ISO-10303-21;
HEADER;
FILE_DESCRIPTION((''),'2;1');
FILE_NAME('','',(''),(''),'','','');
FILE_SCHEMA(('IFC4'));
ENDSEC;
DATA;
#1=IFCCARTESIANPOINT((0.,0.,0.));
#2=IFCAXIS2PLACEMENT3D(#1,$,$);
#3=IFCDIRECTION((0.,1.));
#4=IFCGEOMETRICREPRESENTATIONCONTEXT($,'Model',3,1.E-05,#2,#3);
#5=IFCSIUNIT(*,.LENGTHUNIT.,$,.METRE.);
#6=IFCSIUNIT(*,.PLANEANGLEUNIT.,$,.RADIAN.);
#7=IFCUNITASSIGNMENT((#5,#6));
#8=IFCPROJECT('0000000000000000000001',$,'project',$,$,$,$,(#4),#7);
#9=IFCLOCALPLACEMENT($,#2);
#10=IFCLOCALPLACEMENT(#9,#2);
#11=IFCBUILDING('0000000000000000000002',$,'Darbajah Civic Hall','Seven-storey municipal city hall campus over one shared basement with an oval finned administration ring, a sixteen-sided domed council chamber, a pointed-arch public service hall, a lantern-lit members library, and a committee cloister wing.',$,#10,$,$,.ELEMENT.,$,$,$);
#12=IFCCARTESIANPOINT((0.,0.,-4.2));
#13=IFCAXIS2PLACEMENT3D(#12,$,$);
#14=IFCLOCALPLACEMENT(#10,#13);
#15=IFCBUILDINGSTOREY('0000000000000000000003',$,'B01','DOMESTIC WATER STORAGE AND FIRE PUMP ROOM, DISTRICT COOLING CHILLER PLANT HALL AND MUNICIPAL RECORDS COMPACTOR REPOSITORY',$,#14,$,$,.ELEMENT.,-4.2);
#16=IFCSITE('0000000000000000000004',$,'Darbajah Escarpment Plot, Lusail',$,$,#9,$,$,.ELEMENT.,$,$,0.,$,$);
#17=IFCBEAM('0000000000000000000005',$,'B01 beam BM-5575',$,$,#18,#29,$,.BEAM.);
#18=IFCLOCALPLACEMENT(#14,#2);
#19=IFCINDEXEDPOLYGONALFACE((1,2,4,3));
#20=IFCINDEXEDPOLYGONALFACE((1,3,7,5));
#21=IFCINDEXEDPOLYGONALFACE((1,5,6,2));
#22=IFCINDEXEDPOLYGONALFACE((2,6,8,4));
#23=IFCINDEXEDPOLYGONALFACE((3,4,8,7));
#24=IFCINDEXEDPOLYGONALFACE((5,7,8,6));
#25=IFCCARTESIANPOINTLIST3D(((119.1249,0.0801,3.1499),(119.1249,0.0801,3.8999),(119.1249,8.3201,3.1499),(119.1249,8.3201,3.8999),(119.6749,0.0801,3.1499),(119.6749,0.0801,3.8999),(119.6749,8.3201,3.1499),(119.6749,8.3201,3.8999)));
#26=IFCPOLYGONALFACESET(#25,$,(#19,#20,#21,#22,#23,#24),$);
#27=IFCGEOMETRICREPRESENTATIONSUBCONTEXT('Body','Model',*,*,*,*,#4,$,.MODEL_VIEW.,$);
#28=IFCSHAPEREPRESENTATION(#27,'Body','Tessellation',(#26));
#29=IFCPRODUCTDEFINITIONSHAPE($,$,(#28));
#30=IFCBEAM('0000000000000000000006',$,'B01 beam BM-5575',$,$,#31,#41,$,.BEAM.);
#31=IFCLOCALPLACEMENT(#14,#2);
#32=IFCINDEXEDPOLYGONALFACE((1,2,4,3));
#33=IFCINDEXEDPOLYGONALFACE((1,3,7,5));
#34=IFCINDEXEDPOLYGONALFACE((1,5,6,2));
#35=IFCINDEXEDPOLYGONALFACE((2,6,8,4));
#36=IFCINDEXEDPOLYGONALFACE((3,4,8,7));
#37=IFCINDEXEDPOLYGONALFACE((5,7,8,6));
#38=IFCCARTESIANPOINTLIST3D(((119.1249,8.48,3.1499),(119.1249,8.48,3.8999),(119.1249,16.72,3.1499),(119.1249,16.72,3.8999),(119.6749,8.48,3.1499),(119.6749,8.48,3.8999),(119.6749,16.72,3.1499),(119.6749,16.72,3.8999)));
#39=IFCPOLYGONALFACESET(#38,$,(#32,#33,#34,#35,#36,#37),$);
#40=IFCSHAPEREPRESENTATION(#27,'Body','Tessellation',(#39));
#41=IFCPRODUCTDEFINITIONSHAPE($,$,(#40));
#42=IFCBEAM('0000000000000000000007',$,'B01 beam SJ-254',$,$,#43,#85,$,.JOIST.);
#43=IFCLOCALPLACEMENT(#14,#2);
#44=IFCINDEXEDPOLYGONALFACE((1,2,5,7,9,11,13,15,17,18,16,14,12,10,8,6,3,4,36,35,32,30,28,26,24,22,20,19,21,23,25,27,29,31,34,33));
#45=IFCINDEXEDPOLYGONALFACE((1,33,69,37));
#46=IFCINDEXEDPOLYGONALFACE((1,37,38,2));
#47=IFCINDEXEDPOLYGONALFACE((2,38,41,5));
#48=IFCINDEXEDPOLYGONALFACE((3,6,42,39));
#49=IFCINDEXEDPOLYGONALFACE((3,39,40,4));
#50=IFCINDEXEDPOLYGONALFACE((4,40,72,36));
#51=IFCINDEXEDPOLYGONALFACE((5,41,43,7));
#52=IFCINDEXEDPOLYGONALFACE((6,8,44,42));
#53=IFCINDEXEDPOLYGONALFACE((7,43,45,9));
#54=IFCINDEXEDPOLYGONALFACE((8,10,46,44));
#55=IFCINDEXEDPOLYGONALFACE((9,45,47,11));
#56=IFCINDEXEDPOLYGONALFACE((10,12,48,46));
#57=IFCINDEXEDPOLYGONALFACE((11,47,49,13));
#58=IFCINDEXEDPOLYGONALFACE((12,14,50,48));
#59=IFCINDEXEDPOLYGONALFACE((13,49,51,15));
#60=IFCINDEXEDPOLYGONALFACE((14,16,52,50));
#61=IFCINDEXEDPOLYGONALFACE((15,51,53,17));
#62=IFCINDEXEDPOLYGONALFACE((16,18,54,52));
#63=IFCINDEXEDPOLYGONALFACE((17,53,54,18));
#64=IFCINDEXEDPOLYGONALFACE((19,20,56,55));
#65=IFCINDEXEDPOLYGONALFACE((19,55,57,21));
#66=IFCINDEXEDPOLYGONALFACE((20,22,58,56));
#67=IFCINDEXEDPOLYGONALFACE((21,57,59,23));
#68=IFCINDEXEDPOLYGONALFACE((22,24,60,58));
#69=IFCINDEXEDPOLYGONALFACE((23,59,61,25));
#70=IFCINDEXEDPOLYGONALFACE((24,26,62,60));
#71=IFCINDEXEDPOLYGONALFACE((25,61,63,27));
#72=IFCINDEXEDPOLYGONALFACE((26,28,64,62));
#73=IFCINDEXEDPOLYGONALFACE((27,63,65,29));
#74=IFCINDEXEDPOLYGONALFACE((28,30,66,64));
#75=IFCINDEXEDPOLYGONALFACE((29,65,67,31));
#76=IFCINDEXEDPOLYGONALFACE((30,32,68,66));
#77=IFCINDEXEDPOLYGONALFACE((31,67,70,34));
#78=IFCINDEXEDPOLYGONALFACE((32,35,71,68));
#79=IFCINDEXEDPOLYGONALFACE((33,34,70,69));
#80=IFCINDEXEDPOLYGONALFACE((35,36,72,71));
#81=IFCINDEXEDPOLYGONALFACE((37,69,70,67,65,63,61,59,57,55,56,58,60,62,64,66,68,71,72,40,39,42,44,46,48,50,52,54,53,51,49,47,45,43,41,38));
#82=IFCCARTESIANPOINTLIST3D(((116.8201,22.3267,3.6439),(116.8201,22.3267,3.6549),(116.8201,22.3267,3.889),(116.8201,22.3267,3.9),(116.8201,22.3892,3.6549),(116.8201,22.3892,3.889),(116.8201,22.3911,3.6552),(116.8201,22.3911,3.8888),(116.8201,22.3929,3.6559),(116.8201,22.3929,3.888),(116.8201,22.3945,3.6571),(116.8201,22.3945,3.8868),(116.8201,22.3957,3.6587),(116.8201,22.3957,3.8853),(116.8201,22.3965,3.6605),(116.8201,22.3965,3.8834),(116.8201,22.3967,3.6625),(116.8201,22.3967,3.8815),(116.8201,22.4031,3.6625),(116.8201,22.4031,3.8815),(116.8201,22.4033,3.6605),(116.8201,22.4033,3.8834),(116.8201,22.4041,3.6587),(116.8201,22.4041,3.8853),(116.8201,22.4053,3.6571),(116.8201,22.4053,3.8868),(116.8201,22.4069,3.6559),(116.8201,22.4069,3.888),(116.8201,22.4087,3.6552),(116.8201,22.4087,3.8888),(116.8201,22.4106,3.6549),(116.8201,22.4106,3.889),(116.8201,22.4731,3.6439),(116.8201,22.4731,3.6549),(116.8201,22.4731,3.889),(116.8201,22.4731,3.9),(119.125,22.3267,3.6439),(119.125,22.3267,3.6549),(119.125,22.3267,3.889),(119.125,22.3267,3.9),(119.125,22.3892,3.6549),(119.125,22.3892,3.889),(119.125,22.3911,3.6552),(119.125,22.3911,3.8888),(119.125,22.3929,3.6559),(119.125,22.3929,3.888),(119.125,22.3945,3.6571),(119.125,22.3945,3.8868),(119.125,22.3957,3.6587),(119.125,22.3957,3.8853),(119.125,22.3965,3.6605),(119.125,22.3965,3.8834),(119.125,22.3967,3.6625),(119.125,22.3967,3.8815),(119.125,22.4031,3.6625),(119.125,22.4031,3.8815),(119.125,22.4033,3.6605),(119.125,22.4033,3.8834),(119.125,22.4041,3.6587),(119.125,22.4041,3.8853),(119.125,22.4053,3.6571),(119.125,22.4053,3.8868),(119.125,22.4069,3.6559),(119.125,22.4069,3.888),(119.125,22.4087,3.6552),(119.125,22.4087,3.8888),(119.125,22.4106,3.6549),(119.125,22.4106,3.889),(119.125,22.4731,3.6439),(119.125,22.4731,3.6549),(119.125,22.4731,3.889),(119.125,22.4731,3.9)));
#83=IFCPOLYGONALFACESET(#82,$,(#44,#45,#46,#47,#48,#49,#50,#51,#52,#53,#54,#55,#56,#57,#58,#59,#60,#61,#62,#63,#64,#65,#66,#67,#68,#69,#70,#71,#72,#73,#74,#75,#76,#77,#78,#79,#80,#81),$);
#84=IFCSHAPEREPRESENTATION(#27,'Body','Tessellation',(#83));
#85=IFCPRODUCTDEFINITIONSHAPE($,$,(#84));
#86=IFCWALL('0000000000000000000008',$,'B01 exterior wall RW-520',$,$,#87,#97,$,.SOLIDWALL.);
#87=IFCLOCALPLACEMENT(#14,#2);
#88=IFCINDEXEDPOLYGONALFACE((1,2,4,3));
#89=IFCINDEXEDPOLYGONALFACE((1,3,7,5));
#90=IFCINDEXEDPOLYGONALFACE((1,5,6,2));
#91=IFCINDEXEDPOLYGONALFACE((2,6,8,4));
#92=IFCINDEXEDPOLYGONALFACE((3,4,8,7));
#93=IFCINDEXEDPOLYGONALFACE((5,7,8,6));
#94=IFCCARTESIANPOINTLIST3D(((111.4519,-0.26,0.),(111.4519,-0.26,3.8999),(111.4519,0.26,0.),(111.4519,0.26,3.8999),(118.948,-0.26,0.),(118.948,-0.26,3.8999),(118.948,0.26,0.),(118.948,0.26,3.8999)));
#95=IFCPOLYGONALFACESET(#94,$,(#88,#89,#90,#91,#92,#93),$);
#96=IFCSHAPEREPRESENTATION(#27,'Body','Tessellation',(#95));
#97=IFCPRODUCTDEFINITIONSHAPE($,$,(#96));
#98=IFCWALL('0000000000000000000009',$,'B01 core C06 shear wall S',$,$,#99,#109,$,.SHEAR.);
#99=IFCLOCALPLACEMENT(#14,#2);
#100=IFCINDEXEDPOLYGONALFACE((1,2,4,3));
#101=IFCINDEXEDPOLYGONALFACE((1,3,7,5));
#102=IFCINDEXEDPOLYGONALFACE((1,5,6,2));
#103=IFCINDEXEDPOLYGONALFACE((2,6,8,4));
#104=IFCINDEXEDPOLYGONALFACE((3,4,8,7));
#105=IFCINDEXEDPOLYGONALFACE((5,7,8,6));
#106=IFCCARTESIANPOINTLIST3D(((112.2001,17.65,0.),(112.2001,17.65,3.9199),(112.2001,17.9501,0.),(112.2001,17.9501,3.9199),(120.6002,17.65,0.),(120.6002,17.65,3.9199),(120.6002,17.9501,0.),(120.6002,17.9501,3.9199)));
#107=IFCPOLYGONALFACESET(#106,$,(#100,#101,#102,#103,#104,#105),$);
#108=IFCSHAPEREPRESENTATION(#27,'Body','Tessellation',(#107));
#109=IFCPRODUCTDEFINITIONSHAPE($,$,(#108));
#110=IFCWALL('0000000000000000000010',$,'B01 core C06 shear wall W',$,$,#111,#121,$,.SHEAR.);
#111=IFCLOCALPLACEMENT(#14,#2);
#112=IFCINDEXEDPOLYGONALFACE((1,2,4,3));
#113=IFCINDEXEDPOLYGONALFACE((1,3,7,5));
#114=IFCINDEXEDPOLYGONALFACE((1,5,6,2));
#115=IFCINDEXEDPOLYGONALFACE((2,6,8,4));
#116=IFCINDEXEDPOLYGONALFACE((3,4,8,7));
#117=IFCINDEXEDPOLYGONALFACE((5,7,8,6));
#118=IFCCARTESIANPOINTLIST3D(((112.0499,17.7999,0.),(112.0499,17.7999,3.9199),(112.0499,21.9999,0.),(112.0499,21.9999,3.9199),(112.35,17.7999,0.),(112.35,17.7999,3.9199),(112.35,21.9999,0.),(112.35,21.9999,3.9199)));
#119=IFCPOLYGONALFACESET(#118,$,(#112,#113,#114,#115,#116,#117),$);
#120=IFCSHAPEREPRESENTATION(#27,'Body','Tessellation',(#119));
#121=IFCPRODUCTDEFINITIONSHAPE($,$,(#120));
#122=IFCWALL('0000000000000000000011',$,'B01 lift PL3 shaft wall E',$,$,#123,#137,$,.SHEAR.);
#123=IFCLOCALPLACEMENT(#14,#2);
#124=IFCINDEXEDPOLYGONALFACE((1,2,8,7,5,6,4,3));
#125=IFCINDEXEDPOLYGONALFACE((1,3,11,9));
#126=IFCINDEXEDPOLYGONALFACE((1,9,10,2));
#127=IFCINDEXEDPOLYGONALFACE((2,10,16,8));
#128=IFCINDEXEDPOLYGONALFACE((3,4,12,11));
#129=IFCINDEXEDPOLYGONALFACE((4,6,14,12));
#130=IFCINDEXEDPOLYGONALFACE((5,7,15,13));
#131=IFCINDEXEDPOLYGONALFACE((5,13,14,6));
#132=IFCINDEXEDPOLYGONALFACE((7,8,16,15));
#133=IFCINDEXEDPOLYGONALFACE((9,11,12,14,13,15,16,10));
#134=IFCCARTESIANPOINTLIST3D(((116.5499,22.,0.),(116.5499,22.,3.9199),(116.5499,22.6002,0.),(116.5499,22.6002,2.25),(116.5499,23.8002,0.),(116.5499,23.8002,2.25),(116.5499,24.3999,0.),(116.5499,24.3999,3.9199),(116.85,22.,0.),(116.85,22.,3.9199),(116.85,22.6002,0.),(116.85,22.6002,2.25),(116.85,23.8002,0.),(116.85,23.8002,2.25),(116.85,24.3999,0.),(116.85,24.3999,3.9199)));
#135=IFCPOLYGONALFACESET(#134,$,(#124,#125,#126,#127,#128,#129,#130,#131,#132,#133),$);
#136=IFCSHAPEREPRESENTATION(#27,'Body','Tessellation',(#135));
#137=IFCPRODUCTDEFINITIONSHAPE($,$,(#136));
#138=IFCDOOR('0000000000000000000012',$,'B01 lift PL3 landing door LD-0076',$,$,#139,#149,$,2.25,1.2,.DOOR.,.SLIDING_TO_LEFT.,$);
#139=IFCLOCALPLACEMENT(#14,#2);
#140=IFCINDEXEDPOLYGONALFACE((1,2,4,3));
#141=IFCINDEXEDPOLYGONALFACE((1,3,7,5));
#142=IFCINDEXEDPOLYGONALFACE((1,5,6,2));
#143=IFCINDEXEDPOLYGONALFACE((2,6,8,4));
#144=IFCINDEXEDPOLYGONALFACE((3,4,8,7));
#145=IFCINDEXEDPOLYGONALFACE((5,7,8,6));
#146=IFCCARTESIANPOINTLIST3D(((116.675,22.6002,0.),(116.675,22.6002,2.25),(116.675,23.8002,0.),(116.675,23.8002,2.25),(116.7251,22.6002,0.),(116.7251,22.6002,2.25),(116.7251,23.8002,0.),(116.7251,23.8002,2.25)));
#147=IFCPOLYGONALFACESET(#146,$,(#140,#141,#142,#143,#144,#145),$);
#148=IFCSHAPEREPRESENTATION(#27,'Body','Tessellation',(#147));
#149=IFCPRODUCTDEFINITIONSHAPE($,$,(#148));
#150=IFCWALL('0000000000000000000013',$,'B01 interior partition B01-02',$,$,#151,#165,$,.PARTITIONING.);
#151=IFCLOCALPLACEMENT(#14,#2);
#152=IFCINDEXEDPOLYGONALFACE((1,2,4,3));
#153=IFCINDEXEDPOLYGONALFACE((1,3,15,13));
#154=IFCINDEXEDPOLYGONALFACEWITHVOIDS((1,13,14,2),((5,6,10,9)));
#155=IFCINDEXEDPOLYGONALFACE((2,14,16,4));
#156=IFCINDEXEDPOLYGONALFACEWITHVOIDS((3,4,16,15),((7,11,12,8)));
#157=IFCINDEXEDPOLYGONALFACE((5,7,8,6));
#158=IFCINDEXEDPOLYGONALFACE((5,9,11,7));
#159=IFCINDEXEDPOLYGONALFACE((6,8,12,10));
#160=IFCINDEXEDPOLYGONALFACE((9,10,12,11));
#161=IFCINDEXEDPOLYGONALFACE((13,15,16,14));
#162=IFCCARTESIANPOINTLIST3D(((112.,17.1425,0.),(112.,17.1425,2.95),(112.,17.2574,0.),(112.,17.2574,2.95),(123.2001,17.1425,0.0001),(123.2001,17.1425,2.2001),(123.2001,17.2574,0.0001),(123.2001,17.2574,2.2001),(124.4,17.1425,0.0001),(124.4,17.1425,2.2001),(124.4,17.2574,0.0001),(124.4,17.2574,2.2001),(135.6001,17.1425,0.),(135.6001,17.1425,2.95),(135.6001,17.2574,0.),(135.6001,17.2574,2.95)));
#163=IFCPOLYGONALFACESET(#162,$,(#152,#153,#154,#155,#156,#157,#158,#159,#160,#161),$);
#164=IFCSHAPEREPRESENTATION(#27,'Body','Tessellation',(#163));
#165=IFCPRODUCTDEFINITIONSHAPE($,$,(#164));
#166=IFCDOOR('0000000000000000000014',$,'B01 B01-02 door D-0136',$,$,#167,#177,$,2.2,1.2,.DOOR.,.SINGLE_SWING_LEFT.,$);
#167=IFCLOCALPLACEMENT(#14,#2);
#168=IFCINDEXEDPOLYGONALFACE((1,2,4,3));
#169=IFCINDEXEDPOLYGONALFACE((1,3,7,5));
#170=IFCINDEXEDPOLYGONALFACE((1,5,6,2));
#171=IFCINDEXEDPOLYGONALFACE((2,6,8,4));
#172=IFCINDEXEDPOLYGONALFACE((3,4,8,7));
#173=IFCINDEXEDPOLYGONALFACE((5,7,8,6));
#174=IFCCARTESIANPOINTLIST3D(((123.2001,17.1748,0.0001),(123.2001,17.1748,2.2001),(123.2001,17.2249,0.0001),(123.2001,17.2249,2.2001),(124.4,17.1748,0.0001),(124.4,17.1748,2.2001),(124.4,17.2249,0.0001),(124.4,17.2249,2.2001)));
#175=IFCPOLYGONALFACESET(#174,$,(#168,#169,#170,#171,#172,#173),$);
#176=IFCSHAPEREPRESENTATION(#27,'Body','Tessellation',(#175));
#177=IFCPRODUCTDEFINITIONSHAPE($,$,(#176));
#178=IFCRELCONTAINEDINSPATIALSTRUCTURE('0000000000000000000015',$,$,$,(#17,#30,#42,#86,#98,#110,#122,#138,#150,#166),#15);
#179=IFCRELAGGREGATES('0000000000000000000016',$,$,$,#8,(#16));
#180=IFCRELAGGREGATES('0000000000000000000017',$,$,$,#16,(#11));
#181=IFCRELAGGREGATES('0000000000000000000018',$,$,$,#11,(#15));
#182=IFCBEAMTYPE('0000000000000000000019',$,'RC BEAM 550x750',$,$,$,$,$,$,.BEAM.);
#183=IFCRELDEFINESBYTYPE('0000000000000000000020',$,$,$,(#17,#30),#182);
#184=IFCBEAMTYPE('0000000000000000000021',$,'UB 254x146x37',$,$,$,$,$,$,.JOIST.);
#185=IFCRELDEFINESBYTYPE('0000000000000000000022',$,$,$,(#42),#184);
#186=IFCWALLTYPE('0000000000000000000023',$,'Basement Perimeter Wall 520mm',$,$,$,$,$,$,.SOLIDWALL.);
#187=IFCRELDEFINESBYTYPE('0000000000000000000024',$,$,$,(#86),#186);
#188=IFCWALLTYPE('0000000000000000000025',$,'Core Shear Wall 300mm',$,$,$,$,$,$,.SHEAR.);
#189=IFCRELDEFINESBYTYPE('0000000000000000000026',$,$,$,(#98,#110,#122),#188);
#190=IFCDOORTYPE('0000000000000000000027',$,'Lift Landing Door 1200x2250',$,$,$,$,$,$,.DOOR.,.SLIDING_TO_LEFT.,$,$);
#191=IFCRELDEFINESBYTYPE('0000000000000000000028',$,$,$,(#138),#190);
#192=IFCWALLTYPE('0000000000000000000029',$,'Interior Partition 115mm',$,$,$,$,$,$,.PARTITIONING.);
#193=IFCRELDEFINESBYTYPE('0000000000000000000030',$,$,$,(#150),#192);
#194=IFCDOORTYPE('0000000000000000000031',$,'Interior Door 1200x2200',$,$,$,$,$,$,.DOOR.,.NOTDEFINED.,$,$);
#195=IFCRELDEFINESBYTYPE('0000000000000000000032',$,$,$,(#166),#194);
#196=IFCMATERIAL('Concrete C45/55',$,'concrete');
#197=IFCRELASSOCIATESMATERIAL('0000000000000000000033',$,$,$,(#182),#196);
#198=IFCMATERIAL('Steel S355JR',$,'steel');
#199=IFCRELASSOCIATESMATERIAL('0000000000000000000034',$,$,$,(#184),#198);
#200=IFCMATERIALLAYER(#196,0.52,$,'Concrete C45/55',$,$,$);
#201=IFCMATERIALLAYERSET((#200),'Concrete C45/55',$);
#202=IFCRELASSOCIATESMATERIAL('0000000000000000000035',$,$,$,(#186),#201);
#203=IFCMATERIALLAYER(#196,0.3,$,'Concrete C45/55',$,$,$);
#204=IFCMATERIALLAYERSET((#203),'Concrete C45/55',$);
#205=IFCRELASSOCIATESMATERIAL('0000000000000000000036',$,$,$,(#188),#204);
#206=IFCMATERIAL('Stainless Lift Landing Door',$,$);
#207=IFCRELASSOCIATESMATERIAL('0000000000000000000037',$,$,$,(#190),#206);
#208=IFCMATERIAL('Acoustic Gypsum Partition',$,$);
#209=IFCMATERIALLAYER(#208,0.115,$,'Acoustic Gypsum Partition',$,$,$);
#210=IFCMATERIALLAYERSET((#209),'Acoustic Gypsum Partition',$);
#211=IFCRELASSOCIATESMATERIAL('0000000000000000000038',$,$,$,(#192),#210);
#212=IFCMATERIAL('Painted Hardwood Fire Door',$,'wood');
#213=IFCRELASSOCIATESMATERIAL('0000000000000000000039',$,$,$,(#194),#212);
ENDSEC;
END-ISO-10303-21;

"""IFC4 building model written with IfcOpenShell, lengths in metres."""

from ifc_helpers import new_model, si_unit, direction, frame, frame_2d, origin, origin_2d, place, context, subcontext, project, spatial, rectangle, i_section, extrude, material, layer, layer_set, material_profile, profile_set, type_object, element, fill, save


model = new_model("IFC4")

# Units and contexts
model_context = context("Model", 3, precision=1e-05, world=origin(), true_north=direction((0.0, 1.0)))
body_context = subcontext(model_context, "Body", "Model", "MODEL_VIEW")
ifc_project = project(units=[si_unit("LENGTHUNIT", "METRE"), si_unit("PLANEANGLEUNIT", "RADIAN")], contexts=[model_context])

# Site, building, storey
site_placement = place(None, origin())
site = spatial("IfcSite", under=ifc_project, at=site_placement, Name="Darbajah Escarpment Plot, Lusail", CompositionType="ELEMENT", RefElevation=0.0)
building_placement = place(site_placement, origin())
building = spatial("IfcBuilding", under=site, at=building_placement, Name="Darbajah Civic Hall", Description="Seven-storey municipal city hall campus over one shared basement with an oval finned administration ring, a sixteen-sided domed council chamber, a pointed-arch public service hall, a lantern-lit members library, and a committee cloister wing.", CompositionType="ELEMENT")
storey_placement = place(building_placement, frame((0.0, 0.0, -4.2)))
storey = spatial("IfcBuildingStorey", under=building, at=storey_placement, Name="B01", Description="DOMESTIC WATER STORAGE AND FIRE PUMP ROOM, DISTRICT COOLING CHILLER PLANT HALL AND MUNICIPAL RECORDS COMPACTOR REPOSITORY", CompositionType="ELEMENT", Elevation=-4.2)

# Shared definitions
ifc_material_1 = material(Name="Concrete C45/55", Category="concrete")

# Beams
ifc_material_profile_1 = material_profile(ifc_material_1, rectangle(XDim=0.55, YDim=0.75, at=origin_2d()), Name="RC BEAM 550x750")
ifc_profile_set_1 = profile_set([ifc_material_profile_1], Name="Concrete C45/55")
beam_type_1 = type_object("IfcBeamType", Name="RC BEAM 550x750", PredefinedType="BEAM", material=ifc_profile_set_1)
for number, where, z_axis, x_axis, name in (
    (1, (119.3999, 0.0801, 3.5249), (0.0, 1.0, 0.0), (-1.0, 0.0, 0.0), "B01 beam BM-5575"),
    (2, (119.3999, 8.48, 3.5249), (0.0, 1.0, 0.0), (-1.0, 0.0, 0.0), "B01 beam BM-5575"),
):
    element("IfcBeam", number, at=place(storey_placement, frame(where, z_axis=z_axis, x_axis=x_axis)), inside=storey, type_object=beam_type_1, Name=name, PredefinedType="BEAM", context=body_context, shape_type="SweptSolid", body=[
        extrude(rectangle(XDim=0.55, YDim=0.75, at=origin_2d()), origin(), (0.0, 0.0, 1.0), 8.24),
    ])
ifc_material_2 = material(Name="Steel S355JR", Category="steel")
ifc_material_profile_2 = material_profile(ifc_material_2, i_section(OverallWidth=0.1465, OverallDepth=0.2561, WebThickness=0.0063, FlangeThickness=0.011, FilletRadius=0.0076, at=origin_2d()), Name="UB 254x146x37")
ifc_profile_set_2 = profile_set([ifc_material_profile_2], Name="Steel S355JR")
beam_type_2 = type_object("IfcBeamType", Name="UB 254x146x37", PredefinedType="JOIST", material=ifc_profile_set_2)
beam_placement = place(storey_placement, frame((116.8201, 22.3999, 3.772), z_axis=(1.0, 0.0, 0.0), x_axis=(0.0, 1.0, 0.0)))
element("IfcBeam", 3, at=beam_placement, inside=storey, type_object=beam_type_2, Name="B01 beam SJ-254", PredefinedType="JOIST", context=body_context, shape_type="SweptSolid", body=[
    extrude(i_section(OverallWidth=0.1465, OverallDepth=0.2561, WebThickness=0.0063, FlangeThickness=0.011, FilletRadius=0.0076, at=origin_2d()), origin(), (0.0, 0.0, 1.0), 2.3049),
])

# Walls
ifc_layer_1 = layer(ifc_material_1, 0.52, Name="Concrete C45/55")
ifc_layer_set_1 = layer_set([ifc_layer_1], Name="Concrete C45/55")
wall_type_1 = type_object("IfcWallType", Name="Basement Perimeter Wall 520mm", PredefinedType="SOLIDWALL", material=ifc_layer_set_1)
wall_1_placement = place(storey_placement, frame((111.4519, 0.0, 0.0), z_axis=(0.0, 0.0, 1.0), x_axis=(1.0, 0.0, 0.0)))
element("IfcWall", 4, at=wall_1_placement, inside=storey, type_object=wall_type_1, Name="B01 exterior wall RW-520", PredefinedType="SOLIDWALL", context=body_context, shape_type="SweptSolid", body=[
    extrude(rectangle(XDim=7.4961, YDim=0.52, at=frame_2d((3.748, 0.0))), origin(), (0.0, 0.0, 1.0), 3.8999),
])
ifc_layer_2 = layer(ifc_material_1, 0.3, Name="Concrete C45/55")
ifc_layer_set_2 = layer_set([ifc_layer_2], Name="Concrete C45/55")
wall_type_2 = type_object("IfcWallType", Name="Core Shear Wall 300mm", PredefinedType="SHEAR", material=ifc_layer_set_2)
wall_2_placement = place(storey_placement, frame((112.2, 17.8, 0.0), z_axis=(0.0, 0.0, 1.0), x_axis=(1.0, 0.0, 0.0)))
element("IfcWall", 5, at=wall_2_placement, inside=storey, type_object=wall_type_2, Name="B01 core C06 shear wall S", PredefinedType="SHEAR", context=body_context, shape_type="SweptSolid", body=[
    extrude(rectangle(XDim=8.4001, YDim=0.3, at=frame_2d((4.2002, 0.0))), origin(), (0.0, 0.0, 1.0), 3.9199),
])
wall_3_placement = place(storey_placement, frame((112.2, 22.0, 0.0), z_axis=(0.0, 0.0, 1.0), x_axis=(0.0, -1.0, 0.0)))
element("IfcWall", 6, at=wall_3_placement, inside=storey, type_object=wall_type_2, Name="B01 core C06 shear wall W", PredefinedType="SHEAR", context=body_context, shape_type="SweptSolid", body=[
    extrude(rectangle(XDim=4.2, YDim=0.3, at=frame_2d((2.1001, 0.0))), origin(), (0.0, 0.0, 1.0), 3.9199),
])

# Walls, openings, doors
wall_4_placement = place(storey_placement, frame((116.7, 22.0, 0.0), z_axis=(0.0, 0.0, 1.0), x_axis=(0.0, 1.0, 0.0)))
wall_4 = element("IfcWall", 7, at=wall_4_placement, inside=storey, type_object=wall_type_2, Name="B01 lift PL3 shaft wall E", PredefinedType="SHEAR", context=body_context, shape_type="SweptSolid", body=[
    extrude(rectangle(XDim=2.3999, YDim=0.3, at=frame_2d((1.2, 0.0))), origin(), (0.0, 0.0, 1.0), 3.9199),
])
opening_1_placement = place(wall_4_placement, frame((0.6001, 0.0, 0.0)))
opening_1 = element("IfcOpeningElement", 8, at=opening_1_placement, cuts=wall_4, PredefinedType="OPENING", context=body_context, shape_type="SweptSolid", body=[
    extrude(rectangle(XDim=1.2, YDim=2.25, at=frame_2d((0.6001, 1.125))), frame((0.0, 0.1599, 0.0), z_axis=(0.0, -1.0, 0.0), x_axis=(1.0, 0.0, 0.0)), (0.0, 0.0, 1.0), 0.3201),
])
ifc_material_3 = material(Name="Stainless Lift Landing Door")
door_type_1 = type_object("IfcDoorType", Name="Lift Landing Door 1200x2250", OperationType="SLIDING_TO_LEFT", PredefinedType="DOOR", material=ifc_material_3)
door_1_placement = place(opening_1_placement, origin())
door_1 = element("IfcDoor", 9, at=door_1_placement, inside=storey, type_object=door_type_1, Name="B01 lift PL3 landing door LD-0076", OperationType="SLIDING_TO_LEFT", OverallHeight=2.25, OverallWidth=1.2, PredefinedType="DOOR", context=body_context, shape_type="SweptSolid", body=[
    extrude(rectangle(XDim=1.2, YDim=2.25, at=frame_2d((0.6001, 1.125))), frame((0.0, 0.0249, 0.0), z_axis=(0.0, -1.0, 0.0), x_axis=(1.0, 0.0, 0.0)), (0.0, 0.0, 1.0), 0.05),
])
fill(opening_1, door_1)
ifc_material_4 = material(Name="Acoustic Gypsum Partition")
ifc_layer_3 = layer(ifc_material_4, 0.115, Name="Acoustic Gypsum Partition")
ifc_layer_set_3 = layer_set([ifc_layer_3], Name="Acoustic Gypsum Partition")
wall_type_3 = type_object("IfcWallType", Name="Interior Partition 115mm", PredefinedType="PARTITIONING", material=ifc_layer_set_3)
wall_5_placement = place(storey_placement, frame((112.0, 17.2, 0.0), z_axis=(0.0, 0.0, 1.0), x_axis=(1.0, 0.0, 0.0)))
wall_5 = element("IfcWall", 10, at=wall_5_placement, inside=storey, type_object=wall_type_3, Name="B01 interior partition B01-02", PredefinedType="PARTITIONING", context=body_context, shape_type="SweptSolid", body=[
    extrude(rectangle(XDim=23.6001, YDim=0.115, at=frame_2d((11.8, 0.0))), origin(), (0.0, 0.0, 1.0), 2.95),
])
opening_2_placement = place(wall_5_placement, frame((11.2, 0.0, 0.0)))
opening_2 = element("IfcOpeningElement", 11, at=opening_2_placement, cuts=wall_5, PredefinedType="OPENING", context=body_context, shape_type="SweptSolid", body=[
    extrude(rectangle(XDim=1.2, YDim=2.2, at=frame_2d((0.6001, 1.1001))), frame((0.0, 0.0674, 0.0), z_axis=(0.0, -1.0, 0.0), x_axis=(1.0, 0.0, 0.0)), (0.0, 0.0, 1.0), 0.135),
])
ifc_material_5 = material(Name="Painted Hardwood Fire Door", Category="wood")
door_type_2 = type_object("IfcDoorType", Name="Interior Door 1200x2200", OperationType="NOTDEFINED", PredefinedType="DOOR", material=ifc_material_5)
door_2_placement = place(opening_2_placement, origin())
door_2 = element("IfcDoor", 12, at=door_2_placement, inside=storey, type_object=door_type_2, Name="B01 B01-02 door D-0136", OperationType="SINGLE_SWING_LEFT", OverallHeight=2.2, OverallWidth=1.2, PredefinedType="DOOR", context=body_context, shape_type="SweptSolid", body=[
    extrude(rectangle(XDim=1.2, YDim=2.2, at=frame_2d((0.6001, 1.1001))), frame((0.0, 0.0249, 0.0), z_axis=(0.0, -1.0, 0.0), x_axis=(1.0, 0.0, 0.0)), (0.0, 0.0, 1.0), 0.05),
])
fill(opening_2, door_2)

save(model, "model.ifc")
